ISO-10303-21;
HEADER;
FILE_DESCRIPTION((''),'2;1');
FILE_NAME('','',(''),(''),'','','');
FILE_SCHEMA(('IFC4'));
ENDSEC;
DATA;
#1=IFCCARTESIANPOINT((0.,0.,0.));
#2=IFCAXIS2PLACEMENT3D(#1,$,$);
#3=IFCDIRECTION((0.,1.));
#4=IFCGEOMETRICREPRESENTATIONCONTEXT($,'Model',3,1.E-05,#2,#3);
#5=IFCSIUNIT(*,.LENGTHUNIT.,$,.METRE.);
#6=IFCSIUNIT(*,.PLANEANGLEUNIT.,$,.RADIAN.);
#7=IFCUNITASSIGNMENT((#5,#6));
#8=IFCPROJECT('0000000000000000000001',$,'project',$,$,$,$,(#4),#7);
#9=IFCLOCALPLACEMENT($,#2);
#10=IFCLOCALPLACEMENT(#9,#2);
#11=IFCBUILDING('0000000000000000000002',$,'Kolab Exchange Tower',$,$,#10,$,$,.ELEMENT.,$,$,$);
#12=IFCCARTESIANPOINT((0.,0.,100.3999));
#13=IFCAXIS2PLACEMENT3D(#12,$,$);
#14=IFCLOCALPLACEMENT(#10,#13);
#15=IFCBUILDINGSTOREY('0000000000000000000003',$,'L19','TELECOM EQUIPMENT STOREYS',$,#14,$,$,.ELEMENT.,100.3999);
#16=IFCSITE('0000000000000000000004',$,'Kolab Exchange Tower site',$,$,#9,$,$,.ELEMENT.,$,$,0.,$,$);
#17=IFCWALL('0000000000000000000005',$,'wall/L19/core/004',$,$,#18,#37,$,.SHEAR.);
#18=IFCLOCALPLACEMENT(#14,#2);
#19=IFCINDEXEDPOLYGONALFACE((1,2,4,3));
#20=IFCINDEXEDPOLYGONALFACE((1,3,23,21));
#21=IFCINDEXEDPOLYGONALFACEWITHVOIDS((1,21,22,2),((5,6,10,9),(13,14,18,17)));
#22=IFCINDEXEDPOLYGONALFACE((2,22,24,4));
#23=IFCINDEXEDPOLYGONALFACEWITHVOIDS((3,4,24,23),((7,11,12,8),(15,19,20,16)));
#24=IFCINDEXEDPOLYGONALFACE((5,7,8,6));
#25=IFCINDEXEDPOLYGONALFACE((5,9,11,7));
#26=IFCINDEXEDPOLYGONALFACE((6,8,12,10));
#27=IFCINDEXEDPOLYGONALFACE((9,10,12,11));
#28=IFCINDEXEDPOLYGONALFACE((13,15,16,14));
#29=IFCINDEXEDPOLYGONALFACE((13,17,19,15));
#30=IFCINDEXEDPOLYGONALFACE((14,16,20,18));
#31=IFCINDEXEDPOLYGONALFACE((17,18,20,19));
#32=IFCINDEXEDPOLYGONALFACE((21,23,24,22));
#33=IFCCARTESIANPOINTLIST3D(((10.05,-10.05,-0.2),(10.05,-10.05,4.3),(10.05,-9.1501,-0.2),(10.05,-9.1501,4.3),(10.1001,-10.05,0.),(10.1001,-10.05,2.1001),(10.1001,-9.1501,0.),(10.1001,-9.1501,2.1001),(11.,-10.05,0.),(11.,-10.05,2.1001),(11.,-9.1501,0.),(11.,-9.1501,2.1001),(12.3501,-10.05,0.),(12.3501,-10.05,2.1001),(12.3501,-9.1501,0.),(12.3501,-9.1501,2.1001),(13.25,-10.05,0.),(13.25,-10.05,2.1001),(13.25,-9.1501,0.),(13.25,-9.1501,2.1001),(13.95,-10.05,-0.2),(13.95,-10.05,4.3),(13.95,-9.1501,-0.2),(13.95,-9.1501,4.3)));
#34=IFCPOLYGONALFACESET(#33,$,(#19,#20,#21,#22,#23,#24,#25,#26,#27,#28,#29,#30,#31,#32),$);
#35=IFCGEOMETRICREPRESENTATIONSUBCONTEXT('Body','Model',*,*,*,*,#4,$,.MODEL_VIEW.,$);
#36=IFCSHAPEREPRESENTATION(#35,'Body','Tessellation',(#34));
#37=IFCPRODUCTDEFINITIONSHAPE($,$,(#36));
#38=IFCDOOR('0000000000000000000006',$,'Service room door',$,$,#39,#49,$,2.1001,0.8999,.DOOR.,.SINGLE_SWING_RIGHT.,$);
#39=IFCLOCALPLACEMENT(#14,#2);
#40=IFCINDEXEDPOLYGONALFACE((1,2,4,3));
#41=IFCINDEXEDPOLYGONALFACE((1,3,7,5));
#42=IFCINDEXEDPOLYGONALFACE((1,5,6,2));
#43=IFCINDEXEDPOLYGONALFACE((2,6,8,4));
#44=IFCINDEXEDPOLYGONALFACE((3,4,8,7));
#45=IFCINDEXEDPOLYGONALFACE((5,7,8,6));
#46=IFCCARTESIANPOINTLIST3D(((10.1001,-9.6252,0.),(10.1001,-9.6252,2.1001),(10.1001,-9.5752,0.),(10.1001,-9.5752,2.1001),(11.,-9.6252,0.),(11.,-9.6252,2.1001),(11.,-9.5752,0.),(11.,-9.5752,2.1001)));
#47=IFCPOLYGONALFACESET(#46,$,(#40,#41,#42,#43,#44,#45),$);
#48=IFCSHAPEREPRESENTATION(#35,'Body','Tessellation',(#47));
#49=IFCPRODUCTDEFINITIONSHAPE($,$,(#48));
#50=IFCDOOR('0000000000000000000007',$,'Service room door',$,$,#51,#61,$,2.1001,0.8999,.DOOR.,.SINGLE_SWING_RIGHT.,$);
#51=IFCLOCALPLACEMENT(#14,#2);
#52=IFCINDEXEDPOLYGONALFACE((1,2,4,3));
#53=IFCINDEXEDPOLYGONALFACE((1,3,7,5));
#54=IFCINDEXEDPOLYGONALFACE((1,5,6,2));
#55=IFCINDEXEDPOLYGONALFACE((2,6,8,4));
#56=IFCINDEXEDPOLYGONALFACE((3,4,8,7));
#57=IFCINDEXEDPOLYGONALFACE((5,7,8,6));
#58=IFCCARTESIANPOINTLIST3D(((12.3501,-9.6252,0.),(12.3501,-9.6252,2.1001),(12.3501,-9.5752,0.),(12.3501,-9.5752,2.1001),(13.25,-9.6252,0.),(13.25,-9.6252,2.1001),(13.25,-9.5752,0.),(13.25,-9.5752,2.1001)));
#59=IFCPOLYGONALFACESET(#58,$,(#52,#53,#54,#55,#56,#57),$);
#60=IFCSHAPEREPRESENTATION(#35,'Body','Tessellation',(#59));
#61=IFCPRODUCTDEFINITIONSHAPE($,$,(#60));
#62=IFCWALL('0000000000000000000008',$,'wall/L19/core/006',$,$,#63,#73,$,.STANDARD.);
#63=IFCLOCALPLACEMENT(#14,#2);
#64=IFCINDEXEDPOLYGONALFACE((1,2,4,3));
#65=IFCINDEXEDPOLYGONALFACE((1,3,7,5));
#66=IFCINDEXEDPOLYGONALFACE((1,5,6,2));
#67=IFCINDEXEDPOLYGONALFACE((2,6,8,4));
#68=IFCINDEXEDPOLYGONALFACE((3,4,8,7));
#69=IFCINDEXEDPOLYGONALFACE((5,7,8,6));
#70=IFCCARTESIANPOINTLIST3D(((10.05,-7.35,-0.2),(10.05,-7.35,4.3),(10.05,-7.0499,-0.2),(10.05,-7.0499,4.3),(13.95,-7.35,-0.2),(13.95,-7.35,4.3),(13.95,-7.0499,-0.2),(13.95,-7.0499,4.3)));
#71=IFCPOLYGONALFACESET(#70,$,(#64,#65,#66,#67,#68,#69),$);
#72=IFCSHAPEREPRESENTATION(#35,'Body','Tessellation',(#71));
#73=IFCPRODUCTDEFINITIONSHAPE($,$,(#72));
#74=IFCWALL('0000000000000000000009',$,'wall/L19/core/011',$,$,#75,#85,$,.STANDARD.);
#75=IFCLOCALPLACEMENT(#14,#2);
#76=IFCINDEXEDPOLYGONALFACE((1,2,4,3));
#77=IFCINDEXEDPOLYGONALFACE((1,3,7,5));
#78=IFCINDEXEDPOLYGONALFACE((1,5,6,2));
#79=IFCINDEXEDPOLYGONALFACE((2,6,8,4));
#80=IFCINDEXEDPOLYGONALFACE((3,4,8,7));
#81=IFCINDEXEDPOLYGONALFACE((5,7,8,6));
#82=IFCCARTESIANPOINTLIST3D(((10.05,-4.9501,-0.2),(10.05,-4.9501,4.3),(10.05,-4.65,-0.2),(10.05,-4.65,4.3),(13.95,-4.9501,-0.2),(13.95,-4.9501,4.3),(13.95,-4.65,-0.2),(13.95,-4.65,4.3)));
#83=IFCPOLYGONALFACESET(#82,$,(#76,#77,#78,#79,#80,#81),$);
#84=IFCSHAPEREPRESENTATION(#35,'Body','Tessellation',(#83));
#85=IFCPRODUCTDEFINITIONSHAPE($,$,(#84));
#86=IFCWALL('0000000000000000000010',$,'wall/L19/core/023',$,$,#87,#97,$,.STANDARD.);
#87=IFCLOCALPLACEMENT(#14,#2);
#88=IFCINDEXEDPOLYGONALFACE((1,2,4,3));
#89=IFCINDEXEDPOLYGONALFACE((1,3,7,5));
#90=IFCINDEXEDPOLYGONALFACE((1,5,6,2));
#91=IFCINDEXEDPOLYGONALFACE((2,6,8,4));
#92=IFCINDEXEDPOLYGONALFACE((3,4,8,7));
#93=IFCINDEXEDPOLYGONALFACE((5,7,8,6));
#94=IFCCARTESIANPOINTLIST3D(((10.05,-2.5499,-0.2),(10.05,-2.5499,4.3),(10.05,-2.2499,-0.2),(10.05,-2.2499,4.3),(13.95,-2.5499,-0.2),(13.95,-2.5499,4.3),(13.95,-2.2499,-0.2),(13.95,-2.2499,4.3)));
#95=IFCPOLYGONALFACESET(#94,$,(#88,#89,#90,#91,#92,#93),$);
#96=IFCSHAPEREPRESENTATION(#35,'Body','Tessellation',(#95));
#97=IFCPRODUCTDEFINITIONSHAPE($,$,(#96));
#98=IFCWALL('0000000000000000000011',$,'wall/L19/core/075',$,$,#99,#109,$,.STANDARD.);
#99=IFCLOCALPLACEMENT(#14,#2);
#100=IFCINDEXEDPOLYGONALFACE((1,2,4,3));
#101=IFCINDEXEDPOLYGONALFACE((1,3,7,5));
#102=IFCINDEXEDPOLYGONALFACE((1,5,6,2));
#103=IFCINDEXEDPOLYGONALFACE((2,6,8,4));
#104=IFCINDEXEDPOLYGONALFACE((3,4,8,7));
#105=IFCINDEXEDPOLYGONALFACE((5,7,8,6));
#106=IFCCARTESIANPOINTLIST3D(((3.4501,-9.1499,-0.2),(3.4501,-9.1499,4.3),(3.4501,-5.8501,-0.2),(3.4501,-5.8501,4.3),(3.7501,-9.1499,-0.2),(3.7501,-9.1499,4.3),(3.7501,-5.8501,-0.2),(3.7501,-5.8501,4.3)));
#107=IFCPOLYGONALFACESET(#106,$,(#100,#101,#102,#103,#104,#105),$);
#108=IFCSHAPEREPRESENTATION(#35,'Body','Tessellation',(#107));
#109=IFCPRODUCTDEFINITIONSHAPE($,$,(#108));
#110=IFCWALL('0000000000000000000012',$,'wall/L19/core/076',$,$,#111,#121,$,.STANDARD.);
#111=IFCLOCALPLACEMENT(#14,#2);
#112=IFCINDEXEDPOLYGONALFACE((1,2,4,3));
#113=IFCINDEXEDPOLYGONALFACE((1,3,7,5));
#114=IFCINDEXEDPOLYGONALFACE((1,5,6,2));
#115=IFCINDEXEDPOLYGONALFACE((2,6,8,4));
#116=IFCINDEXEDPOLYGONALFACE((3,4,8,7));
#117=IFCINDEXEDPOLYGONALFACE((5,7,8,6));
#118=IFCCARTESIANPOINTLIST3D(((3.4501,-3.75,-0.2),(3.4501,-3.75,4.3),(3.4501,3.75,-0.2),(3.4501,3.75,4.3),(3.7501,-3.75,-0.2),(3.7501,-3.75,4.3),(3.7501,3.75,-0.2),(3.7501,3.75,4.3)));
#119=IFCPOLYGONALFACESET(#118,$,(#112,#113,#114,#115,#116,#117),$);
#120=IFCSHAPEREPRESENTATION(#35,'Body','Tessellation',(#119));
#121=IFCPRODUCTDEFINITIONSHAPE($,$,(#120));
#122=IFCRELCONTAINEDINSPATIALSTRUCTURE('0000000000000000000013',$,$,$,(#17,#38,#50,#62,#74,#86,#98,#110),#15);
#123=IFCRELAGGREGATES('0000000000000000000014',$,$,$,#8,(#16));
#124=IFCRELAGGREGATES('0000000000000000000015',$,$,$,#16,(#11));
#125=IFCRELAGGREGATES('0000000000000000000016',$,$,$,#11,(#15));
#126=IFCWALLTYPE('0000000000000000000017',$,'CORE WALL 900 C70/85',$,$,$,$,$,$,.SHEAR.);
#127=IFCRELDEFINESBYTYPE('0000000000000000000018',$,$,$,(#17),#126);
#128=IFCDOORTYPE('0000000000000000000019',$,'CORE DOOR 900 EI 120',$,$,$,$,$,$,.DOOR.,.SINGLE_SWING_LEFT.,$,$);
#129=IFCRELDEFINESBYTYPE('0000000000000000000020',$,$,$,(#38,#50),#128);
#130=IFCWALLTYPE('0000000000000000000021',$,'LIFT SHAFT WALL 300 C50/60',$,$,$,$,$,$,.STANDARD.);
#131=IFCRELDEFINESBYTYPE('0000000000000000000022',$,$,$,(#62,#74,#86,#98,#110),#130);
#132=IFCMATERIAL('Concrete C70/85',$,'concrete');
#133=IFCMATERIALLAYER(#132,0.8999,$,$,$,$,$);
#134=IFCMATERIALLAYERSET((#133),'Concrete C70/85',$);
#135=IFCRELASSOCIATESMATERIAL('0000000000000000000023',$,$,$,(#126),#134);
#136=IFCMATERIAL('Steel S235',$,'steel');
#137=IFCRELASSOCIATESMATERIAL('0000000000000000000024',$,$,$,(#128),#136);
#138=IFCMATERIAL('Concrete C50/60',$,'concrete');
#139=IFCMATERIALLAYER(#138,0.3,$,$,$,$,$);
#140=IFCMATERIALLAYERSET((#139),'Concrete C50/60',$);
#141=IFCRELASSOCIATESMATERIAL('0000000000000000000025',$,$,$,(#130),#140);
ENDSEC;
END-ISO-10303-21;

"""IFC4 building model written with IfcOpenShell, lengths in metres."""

from ifc_helpers import new_model, si_unit, direction, frame, frame_2d, origin, place, context, subcontext, project, spatial, rectangle, extrude, material, layer, layer_set, type_object, element, fill, save


model = new_model("IFC4")

# Units and contexts
model_context = context("Model", 3, precision=1e-05, world=origin(), true_north=direction((0.0, 1.0)))
body_context = subcontext(model_context, "Body", "Model", "MODEL_VIEW")
ifc_project = project(units=[si_unit("LENGTHUNIT", "METRE"), si_unit("PLANEANGLEUNIT", "RADIAN")], contexts=[model_context])

# Site, building, storey
site_placement = place(None, origin())
site = spatial("IfcSite", under=ifc_project, at=site_placement, Name="Kolab Exchange Tower site", CompositionType="ELEMENT", RefElevation=0.0)
building_placement = place(site_placement, origin())
building = spatial("IfcBuilding", under=site, at=building_placement, Name="Kolab Exchange Tower", CompositionType="ELEMENT")
storey_placement = place(building_placement, frame((0.0, 0.0, 100.3999)))
storey = spatial("IfcBuildingStorey", under=building, at=storey_placement, Name="L19", Description="TELECOM EQUIPMENT STOREYS", CompositionType="ELEMENT", Elevation=100.3999)

# Wall, openings, doors
ifc_material_1 = material(Name="Concrete C70/85", Category="concrete")
ifc_layer_1 = layer(ifc_material_1, 0.8999)
ifc_layer_set_1 = layer_set([ifc_layer_1], Name="Concrete C70/85")
wall_type_1 = type_object("IfcWallType", Name="CORE WALL 900 C70/85", PredefinedType="SHEAR", material=ifc_layer_set_1)
wall_1_placement = place(storey_placement, frame((10.05, -9.6001, -0.2), z_axis=(0.0, 0.0, 1.0), x_axis=(1.0, 0.0, 0.0)))
wall_1 = element("IfcWall", 1, at=wall_1_placement, inside=storey, type_object=wall_type_1, Name="wall/L19/core/004", PredefinedType="SHEAR", context=body_context, shape_type="SweptSolid", body=[
    extrude(rectangle(XDim=3.8999, YDim=0.8999, at=frame_2d((1.95, 0.0))), origin(), (0.0, 0.0, 1.0), 4.5),
])
opening_1_placement = place(wall_1_placement, frame((0.05, 0.0, 0.2)))
opening_1 = element("IfcOpeningElement", 2, at=opening_1_placement, cuts=wall_1, PredefinedType="OPENING", context=body_context, shape_type="SweptSolid", body=[
    extrude(rectangle(XDim=0.8999, YDim=2.1001, at=frame_2d((0.45, 1.05))), frame((0.0, 0.46, 0.0), z_axis=(0.0, -1.0, 0.0), x_axis=(1.0, 0.0, 0.0)), (0.0, 0.0, 1.0), 0.9199),
])
opening_2_placement = place(wall_1_placement, frame((2.3, 0.0, 0.2)))
opening_2 = element("IfcOpeningElement", 3, at=opening_2_placement, cuts=wall_1, PredefinedType="OPENING", context=body_context, shape_type="SweptSolid", body=[
    extrude(rectangle(XDim=0.8999, YDim=2.1001, at=frame_2d((0.45, 1.05))), frame((0.0, 0.46, 0.0), z_axis=(0.0, -1.0, 0.0), x_axis=(1.0, 0.0, 0.0)), (0.0, 0.0, 1.0), 0.9199),
])
ifc_material_2 = material(Name="Steel S235", Category="steel")
door_type_1 = type_object("IfcDoorType", Name="CORE DOOR 900 EI 120", OperationType="SINGLE_SWING_LEFT", PredefinedType="DOOR", material=ifc_material_2)
door_1_placement = place(opening_1_placement, origin())
door_1 = element("IfcDoor", 4, at=door_1_placement, inside=storey, type_object=door_type_1, Name="Service room door", OperationType="SINGLE_SWING_RIGHT", OverallHeight=2.1001, OverallWidth=0.8999, PredefinedType="DOOR", context=body_context, shape_type="SweptSolid", body=[
    extrude(rectangle(XDim=0.8999, YDim=2.1001, at=frame_2d((0.45, 1.05))), frame((0.0, 0.0249, 0.0), z_axis=(0.0, -1.0, 0.0), x_axis=(1.0, 0.0, 0.0)), (0.0, 0.0, 1.0), 0.05),
])
fill(opening_1, door_1)
door_2_placement = place(opening_2_placement, origin())
door_2 = element("IfcDoor", 5, at=door_2_placement, inside=storey, type_object=door_type_1, Name="Service room door", OperationType="SINGLE_SWING_RIGHT", OverallHeight=2.1001, OverallWidth=0.8999, PredefinedType="DOOR", context=body_context, shape_type="SweptSolid", body=[
    extrude(rectangle(XDim=0.8999, YDim=2.1001, at=frame_2d((0.45, 1.05))), frame((0.0, 0.0249, 0.0), z_axis=(0.0, -1.0, 0.0), x_axis=(1.0, 0.0, 0.0)), (0.0, 0.0, 1.0), 0.05),
])
fill(opening_2, door_2)

# Walls
ifc_material_3 = material(Name="Concrete C50/60", Category="concrete")
ifc_layer_2 = layer(ifc_material_3, 0.3)
ifc_layer_set_2 = layer_set([ifc_layer_2], Name="Concrete C50/60")
wall_type_2 = type_object("IfcWallType", Name="LIFT SHAFT WALL 300 C50/60", PredefinedType="STANDARD", material=ifc_layer_set_2)
for number, where, z_axis, x_axis, name in (
    (6, (10.05, -7.2, -0.2), (0.0, 0.0, 1.0), (1.0, 0.0, 0.0), "wall/L19/core/006"),
    (7, (10.05, -4.8, -0.2), (0.0, 0.0, 1.0), (1.0, 0.0, 0.0), "wall/L19/core/011"),
    (8, (10.05, -2.3999, -0.2), (0.0, 0.0, 1.0), (1.0, 0.0, 0.0), "wall/L19/core/023"),
):
    element("IfcWall", number, at=place(storey_placement, frame(where, z_axis=z_axis, x_axis=x_axis)), inside=storey, type_object=wall_type_2, Name=name, PredefinedType="STANDARD", context=body_context, shape_type="SweptSolid", body=[
        extrude(rectangle(XDim=3.8999, YDim=0.3, at=frame_2d((1.95, 0.0))), origin(), (0.0, 0.0, 1.0), 4.5),
    ])
wall_2_placement = place(storey_placement, frame((3.6001, -9.1499, -0.2), z_axis=(0.0, 0.0, 1.0), x_axis=(0.0, 1.0, 0.0)))
element("IfcWall", 9, at=wall_2_placement, inside=storey, type_object=wall_type_2, Name="wall/L19/core/075", PredefinedType="STANDARD", context=body_context, shape_type="SweptSolid", body=[
    extrude(rectangle(XDim=3.2998, YDim=0.3, at=frame_2d((1.6499, 0.0))), origin(), (0.0, 0.0, 1.0), 4.5),
])
wall_3_placement = place(storey_placement, frame((3.6001, -3.75, -0.2), z_axis=(0.0, 0.0, 1.0), x_axis=(0.0, 1.0, 0.0)))
element("IfcWall", 10, at=wall_3_placement, inside=storey, type_object=wall_type_2, Name="wall/L19/core/076", PredefinedType="STANDARD", context=body_context, shape_type="SweptSolid", body=[
    extrude(rectangle(XDim=7.5, YDim=0.3, at=frame_2d((3.75, 0.0))), origin(), (0.0, 0.0, 1.0), 4.5),
])

save(model, "model.ifc")
